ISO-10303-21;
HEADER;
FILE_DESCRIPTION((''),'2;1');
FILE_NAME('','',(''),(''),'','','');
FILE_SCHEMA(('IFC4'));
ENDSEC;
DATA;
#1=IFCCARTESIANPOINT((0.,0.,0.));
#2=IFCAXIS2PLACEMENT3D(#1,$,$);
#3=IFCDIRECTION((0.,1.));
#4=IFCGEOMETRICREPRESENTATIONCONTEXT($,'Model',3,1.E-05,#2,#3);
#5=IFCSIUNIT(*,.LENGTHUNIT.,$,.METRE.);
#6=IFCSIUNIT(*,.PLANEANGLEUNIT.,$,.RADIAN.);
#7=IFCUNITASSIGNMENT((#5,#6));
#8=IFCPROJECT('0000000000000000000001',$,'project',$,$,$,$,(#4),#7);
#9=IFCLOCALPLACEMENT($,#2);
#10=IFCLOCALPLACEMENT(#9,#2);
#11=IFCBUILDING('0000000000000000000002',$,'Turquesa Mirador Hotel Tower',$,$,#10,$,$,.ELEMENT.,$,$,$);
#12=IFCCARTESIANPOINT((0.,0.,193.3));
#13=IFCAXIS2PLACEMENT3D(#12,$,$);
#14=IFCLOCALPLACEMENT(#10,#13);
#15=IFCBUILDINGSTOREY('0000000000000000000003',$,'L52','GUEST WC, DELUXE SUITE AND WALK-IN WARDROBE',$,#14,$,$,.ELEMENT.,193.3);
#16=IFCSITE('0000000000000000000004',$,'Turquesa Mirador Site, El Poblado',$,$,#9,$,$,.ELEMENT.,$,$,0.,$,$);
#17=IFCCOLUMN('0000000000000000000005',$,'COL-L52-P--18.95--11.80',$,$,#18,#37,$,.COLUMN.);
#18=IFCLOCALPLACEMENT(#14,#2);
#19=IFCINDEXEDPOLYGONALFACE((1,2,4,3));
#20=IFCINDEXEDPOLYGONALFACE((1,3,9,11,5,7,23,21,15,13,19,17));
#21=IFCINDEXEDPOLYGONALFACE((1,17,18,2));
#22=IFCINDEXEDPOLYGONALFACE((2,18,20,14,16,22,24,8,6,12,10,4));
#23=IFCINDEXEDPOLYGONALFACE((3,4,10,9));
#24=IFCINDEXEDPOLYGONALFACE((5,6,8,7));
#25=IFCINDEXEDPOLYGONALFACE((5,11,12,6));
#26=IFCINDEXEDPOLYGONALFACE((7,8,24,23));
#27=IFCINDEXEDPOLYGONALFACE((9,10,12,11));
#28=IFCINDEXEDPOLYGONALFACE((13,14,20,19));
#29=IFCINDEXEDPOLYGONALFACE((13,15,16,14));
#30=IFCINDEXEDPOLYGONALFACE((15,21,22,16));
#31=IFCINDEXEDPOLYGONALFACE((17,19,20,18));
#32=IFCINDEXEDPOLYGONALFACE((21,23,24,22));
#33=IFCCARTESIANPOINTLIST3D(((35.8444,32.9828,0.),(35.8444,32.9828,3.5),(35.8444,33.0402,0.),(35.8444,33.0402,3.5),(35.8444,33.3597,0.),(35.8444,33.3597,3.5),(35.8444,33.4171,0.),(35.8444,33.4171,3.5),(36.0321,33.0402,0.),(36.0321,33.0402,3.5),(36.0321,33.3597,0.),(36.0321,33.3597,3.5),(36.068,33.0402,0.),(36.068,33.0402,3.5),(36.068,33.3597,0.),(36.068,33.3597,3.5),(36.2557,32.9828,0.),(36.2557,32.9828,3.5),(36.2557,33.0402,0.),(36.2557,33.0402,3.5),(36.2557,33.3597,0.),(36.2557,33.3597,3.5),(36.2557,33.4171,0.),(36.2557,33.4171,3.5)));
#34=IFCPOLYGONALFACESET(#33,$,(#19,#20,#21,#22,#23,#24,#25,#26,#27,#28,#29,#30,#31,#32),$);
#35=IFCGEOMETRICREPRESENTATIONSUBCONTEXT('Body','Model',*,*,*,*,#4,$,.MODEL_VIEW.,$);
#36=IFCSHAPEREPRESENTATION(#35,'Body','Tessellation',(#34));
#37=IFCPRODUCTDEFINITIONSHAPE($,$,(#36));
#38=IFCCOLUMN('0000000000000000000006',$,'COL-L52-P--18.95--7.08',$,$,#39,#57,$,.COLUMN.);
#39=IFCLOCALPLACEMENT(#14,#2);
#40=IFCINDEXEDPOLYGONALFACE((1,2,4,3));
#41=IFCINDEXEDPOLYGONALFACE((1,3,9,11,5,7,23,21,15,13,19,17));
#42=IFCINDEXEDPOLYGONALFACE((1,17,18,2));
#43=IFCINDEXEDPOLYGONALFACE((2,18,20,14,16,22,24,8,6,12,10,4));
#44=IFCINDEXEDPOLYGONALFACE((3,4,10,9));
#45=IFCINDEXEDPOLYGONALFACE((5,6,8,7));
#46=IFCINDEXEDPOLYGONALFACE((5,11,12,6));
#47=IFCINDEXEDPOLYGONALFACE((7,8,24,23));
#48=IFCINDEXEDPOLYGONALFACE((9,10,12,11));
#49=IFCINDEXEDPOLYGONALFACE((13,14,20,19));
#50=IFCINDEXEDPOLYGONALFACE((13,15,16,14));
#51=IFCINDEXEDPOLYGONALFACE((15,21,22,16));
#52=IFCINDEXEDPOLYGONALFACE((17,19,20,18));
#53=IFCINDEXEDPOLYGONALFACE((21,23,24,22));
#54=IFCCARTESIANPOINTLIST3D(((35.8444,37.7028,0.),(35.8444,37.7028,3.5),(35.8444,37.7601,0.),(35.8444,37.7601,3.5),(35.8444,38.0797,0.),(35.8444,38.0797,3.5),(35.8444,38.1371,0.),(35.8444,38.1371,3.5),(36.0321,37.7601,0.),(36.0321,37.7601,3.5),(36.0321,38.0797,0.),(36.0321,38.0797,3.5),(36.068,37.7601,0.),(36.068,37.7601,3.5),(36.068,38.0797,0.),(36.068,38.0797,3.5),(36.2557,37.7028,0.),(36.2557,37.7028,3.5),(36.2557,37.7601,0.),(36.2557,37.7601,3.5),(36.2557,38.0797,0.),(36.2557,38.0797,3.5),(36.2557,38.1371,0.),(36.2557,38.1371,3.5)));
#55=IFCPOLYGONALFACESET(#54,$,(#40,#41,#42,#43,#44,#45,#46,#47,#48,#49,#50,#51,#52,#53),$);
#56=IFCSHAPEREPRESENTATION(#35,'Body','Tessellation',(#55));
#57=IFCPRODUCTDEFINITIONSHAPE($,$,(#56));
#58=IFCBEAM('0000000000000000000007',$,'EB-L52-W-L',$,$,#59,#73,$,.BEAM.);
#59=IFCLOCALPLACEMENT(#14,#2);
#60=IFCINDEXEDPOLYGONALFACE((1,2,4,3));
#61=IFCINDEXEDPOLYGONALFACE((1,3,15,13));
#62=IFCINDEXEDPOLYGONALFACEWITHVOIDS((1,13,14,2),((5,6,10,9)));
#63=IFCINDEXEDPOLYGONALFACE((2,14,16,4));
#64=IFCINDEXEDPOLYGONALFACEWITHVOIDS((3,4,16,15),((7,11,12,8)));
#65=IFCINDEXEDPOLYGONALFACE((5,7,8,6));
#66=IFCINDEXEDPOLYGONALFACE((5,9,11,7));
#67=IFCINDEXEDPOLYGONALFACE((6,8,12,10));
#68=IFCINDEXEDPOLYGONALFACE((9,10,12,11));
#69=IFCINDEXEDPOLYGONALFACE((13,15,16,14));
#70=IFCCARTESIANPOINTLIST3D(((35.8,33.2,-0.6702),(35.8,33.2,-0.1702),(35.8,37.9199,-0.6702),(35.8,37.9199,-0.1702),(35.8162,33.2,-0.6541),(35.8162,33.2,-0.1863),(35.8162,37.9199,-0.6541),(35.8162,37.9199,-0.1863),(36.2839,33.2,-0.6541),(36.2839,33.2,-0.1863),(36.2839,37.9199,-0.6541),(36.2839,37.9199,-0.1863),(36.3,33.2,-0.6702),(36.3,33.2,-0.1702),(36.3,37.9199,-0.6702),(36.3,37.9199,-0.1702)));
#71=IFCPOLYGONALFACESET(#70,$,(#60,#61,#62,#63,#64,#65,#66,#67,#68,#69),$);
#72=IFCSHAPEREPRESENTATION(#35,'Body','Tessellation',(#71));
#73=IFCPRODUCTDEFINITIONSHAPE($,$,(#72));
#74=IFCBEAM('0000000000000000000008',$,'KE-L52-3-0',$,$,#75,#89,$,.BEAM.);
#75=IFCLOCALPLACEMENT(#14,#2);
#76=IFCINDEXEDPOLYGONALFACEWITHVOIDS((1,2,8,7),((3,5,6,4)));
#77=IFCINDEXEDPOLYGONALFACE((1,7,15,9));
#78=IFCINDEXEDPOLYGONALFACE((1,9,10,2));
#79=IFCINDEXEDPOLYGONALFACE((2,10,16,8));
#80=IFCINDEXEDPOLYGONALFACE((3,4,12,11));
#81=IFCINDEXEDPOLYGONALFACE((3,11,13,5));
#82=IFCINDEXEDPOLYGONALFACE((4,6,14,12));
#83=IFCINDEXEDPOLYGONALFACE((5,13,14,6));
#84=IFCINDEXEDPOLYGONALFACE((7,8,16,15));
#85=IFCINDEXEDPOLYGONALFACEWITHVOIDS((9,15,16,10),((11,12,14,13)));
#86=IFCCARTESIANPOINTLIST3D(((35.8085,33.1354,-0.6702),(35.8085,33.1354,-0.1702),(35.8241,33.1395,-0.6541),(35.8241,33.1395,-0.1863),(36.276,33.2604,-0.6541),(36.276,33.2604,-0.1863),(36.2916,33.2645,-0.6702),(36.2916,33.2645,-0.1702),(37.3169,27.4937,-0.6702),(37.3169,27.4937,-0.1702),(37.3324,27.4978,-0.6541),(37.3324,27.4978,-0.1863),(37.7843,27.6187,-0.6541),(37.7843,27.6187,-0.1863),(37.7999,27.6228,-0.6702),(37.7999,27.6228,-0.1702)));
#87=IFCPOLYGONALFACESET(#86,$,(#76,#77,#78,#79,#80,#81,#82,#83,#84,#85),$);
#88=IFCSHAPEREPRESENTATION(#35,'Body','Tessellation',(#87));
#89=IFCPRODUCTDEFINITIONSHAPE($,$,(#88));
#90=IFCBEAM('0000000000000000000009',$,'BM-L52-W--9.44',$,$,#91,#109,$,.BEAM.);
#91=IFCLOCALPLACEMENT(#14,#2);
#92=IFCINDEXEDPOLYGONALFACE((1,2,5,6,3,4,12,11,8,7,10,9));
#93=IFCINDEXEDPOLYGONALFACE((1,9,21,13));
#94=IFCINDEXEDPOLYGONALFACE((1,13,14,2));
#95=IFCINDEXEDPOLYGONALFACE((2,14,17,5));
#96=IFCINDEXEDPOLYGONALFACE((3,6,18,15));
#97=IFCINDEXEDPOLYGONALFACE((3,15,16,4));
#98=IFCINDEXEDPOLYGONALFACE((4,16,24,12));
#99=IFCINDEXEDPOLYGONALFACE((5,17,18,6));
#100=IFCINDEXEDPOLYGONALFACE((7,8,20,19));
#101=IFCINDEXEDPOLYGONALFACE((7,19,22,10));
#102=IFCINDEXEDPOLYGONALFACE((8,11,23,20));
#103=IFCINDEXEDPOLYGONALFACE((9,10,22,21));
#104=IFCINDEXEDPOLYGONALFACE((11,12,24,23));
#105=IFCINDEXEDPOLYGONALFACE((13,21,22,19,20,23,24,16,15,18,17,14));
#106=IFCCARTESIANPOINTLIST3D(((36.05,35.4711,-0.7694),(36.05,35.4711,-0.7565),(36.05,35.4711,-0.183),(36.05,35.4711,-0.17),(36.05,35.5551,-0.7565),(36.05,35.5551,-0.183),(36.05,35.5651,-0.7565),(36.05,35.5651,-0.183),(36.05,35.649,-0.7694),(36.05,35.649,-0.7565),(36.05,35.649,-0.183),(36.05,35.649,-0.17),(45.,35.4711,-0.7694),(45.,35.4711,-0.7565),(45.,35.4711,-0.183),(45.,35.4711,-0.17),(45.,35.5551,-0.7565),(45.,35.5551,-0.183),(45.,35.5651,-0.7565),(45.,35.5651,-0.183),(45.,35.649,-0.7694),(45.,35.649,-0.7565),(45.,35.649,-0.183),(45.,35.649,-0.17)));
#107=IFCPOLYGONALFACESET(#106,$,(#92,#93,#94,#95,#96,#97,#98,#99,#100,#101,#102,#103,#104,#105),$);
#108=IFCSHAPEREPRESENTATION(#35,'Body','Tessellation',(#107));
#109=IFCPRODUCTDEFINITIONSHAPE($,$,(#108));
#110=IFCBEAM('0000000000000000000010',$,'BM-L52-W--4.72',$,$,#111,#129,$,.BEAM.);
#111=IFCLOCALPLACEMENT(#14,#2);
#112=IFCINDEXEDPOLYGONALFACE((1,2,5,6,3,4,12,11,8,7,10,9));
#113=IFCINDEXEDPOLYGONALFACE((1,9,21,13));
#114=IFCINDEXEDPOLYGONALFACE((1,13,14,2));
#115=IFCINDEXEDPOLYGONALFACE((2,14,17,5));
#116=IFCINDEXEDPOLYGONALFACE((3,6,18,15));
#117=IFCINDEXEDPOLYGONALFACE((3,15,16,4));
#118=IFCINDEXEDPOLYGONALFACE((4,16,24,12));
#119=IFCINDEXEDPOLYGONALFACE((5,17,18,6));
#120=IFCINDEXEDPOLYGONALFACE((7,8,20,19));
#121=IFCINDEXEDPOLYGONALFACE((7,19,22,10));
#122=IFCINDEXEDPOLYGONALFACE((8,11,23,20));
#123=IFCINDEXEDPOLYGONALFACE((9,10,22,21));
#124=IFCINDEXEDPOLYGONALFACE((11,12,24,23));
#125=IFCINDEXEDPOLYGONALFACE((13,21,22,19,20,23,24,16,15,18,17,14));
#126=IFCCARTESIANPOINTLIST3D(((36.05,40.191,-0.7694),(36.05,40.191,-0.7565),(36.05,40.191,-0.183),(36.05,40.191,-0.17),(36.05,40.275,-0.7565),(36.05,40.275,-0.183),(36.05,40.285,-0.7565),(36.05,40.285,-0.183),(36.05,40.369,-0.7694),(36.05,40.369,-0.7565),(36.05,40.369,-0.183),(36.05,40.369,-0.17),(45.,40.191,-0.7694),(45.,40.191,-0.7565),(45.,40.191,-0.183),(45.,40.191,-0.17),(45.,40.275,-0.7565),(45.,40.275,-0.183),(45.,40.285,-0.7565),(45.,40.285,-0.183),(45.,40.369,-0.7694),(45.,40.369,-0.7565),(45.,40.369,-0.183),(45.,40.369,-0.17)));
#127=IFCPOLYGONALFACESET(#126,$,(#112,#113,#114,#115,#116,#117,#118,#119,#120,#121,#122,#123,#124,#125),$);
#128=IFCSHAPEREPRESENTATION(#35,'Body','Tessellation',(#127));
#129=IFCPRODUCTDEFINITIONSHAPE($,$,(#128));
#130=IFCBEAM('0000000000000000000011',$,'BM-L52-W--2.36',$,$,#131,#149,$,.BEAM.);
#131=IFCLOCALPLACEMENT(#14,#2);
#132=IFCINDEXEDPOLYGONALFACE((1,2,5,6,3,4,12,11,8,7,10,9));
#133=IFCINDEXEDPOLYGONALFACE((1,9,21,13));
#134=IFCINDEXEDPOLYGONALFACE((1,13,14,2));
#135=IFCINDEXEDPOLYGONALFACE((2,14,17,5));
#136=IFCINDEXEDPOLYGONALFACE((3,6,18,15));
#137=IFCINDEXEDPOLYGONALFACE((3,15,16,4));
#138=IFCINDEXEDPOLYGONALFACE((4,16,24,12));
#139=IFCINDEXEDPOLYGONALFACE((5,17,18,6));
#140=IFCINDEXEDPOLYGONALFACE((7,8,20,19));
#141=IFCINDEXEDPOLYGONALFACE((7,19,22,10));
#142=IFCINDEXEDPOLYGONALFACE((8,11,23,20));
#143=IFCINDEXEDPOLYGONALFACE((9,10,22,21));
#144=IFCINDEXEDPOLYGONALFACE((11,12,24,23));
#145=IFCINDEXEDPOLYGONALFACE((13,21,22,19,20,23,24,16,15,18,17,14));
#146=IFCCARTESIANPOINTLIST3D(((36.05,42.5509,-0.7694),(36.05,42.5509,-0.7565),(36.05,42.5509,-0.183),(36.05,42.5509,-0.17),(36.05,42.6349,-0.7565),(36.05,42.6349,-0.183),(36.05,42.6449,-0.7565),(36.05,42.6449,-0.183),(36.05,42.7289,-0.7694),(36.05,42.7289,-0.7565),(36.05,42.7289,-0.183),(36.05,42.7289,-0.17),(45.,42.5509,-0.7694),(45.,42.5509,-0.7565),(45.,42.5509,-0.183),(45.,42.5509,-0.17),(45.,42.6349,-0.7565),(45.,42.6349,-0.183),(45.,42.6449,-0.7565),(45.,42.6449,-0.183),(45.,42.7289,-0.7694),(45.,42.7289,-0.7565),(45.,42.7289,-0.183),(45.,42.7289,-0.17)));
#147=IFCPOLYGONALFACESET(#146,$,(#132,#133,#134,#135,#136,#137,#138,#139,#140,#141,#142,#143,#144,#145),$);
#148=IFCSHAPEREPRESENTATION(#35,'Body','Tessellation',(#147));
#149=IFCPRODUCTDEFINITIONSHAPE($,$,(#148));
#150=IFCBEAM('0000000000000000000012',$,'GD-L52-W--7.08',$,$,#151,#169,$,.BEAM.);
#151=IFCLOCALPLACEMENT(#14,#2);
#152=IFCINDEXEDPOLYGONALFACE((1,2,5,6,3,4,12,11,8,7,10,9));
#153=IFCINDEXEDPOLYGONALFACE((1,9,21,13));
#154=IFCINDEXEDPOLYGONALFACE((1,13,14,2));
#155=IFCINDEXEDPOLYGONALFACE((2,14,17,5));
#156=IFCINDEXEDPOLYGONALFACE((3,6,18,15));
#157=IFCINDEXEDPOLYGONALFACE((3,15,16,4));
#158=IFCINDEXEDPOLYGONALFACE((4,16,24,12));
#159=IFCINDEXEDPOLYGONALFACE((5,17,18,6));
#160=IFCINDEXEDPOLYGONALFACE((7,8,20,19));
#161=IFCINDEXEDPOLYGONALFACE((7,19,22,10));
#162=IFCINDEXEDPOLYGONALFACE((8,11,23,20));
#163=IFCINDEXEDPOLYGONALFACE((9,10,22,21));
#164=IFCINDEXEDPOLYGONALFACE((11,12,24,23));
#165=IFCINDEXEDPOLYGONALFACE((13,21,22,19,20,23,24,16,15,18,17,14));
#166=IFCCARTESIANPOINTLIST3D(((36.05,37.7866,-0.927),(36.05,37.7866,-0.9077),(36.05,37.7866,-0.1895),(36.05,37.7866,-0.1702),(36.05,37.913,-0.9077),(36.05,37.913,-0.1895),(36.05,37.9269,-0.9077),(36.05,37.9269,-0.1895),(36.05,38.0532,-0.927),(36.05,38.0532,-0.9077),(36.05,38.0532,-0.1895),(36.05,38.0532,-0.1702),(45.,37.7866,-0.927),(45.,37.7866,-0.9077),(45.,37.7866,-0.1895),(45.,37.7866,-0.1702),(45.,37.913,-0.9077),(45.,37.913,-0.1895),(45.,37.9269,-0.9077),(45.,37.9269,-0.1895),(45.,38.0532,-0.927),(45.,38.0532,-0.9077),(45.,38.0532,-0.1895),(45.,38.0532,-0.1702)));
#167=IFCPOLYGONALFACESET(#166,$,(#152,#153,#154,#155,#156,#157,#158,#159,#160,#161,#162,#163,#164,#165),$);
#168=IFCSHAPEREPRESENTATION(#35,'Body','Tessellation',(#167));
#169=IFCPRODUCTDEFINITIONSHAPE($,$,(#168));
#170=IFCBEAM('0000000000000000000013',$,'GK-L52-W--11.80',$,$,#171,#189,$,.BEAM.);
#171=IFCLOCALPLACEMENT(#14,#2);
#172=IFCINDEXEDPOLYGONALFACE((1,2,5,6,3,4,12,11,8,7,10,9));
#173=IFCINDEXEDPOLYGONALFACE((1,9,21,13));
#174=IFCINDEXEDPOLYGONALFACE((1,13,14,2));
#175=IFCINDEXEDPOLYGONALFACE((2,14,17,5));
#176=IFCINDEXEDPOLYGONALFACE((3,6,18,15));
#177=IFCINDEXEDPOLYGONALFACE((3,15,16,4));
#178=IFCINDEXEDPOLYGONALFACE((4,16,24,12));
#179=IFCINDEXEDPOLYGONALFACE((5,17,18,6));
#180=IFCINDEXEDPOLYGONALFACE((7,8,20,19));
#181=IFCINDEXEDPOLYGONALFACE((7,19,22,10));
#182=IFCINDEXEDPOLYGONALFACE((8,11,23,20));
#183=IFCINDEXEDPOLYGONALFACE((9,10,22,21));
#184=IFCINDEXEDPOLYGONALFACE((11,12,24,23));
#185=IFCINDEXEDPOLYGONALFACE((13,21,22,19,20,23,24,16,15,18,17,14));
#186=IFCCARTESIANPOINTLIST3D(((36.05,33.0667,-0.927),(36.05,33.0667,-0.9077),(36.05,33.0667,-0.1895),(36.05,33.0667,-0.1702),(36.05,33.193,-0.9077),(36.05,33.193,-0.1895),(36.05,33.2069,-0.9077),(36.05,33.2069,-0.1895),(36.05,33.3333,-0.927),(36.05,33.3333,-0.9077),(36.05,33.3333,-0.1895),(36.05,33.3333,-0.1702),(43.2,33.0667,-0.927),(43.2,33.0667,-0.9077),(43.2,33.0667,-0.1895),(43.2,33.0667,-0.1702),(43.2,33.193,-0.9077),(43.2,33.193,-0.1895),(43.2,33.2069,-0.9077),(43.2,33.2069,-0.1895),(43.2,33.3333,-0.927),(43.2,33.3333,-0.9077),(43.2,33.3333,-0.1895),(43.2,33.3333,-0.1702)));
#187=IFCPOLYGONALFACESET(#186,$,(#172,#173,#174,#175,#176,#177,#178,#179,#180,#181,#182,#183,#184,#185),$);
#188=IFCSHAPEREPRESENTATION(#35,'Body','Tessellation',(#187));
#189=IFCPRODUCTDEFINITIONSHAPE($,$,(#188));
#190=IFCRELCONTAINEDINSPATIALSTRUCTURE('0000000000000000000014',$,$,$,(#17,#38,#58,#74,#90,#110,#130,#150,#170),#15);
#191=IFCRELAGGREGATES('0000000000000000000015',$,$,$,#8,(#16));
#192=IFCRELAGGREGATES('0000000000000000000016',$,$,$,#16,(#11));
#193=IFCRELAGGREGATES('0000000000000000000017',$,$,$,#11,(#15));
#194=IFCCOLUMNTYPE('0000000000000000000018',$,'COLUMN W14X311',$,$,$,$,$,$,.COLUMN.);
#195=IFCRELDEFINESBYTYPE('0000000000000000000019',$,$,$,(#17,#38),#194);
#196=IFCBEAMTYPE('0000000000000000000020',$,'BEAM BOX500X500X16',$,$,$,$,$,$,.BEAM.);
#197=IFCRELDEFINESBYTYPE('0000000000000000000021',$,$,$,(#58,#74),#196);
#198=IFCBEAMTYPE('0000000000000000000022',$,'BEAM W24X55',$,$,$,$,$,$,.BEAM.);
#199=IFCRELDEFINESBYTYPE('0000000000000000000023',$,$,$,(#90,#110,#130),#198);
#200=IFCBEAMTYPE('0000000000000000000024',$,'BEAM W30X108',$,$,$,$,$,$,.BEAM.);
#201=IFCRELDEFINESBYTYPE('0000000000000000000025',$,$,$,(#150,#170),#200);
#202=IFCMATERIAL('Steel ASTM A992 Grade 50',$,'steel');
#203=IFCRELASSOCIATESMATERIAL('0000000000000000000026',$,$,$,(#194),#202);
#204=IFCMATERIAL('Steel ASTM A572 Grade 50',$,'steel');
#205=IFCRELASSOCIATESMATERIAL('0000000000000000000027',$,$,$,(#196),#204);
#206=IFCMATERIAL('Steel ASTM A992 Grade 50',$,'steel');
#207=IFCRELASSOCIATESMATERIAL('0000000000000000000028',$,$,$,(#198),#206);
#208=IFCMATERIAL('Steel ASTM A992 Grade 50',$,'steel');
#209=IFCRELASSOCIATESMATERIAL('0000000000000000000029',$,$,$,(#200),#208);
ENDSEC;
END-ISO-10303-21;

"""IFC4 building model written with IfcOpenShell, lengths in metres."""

from ifc_helpers import new_model, si_unit, direction, frame, origin, origin_2d, place, context, subcontext, project, spatial, hollow_rectangle, i_section, extrude, material, material_profile, profile_set, type_object, element, save


model = new_model("IFC4")

# Units and contexts
model_context = context("Model", 3, precision=1e-05, world=origin(), true_north=direction((0.0, 1.0)))
body_context = subcontext(model_context, "Body", "Model", "MODEL_VIEW")
ifc_project = project(units=[si_unit("LENGTHUNIT", "METRE"), si_unit("PLANEANGLEUNIT", "RADIAN")], contexts=[model_context])

# Site, building, storey
site_placement = place(None, origin())
site = spatial("IfcSite", under=ifc_project, at=site_placement, Name="Turquesa Mirador Site, El Poblado", CompositionType="ELEMENT", RefElevation=0.0)
building_placement = place(site_placement, origin())
building = spatial("IfcBuilding", under=site, at=building_placement, Name="Turquesa Mirador Hotel Tower", CompositionType="ELEMENT")
storey_placement = place(building_placement, frame((0.0, 0.0, 193.3)))
storey = spatial("IfcBuildingStorey", under=building, at=storey_placement, Name="L52", Description="GUEST WC, DELUXE SUITE AND WALK-IN WARDROBE", CompositionType="ELEMENT", Elevation=193.3)

# Columns
ifc_material_1 = material(Name="Steel ASTM A992 Grade 50", Category="steel")
ifc_material_profile_1 = material_profile(ifc_material_1, i_section(OverallWidth=0.4114, OverallDepth=0.4343, WebThickness=0.0359, FlangeThickness=0.0574, at=origin_2d()), Name="W14X311")
ifc_profile_set_1 = profile_set([ifc_material_profile_1], Name="Steel ASTM A992 Grade 50")
column_type = type_object("IfcColumnType", Name="COLUMN W14X311", PredefinedType="COLUMN", material=ifc_profile_set_1)
for number, where, z_axis, x_axis, name in (
    (1, (36.05, 33.2, 0.0), (0.0, 0.0, 1.0), (1.0, 0.0, 0.0), "COL-L52-P--18.95--11.80"),
    (2, (36.05, 37.9199, 0.0), (0.0, 0.0, 1.0), (1.0, 0.0, 0.0), "COL-L52-P--18.95--7.08"),
):
    element("IfcColumn", number, at=place(storey_placement, frame(where, z_axis=z_axis, x_axis=x_axis)), inside=storey, type_object=column_type, Name=name, PredefinedType="COLUMN", context=body_context, shape_type="SweptSolid", body=[
        extrude(i_section(OverallWidth=0.4114, OverallDepth=0.4343, WebThickness=0.0359, FlangeThickness=0.0574, at=origin_2d()), origin(), (0.0, 0.0, 1.0), 3.5),
    ])

# Beams
ifc_material_2 = material(Name="Steel ASTM A572 Grade 50", Category="steel")
ifc_material_profile_2 = material_profile(ifc_material_2, hollow_rectangle(XDim=0.5, YDim=0.5, WallThickness=0.0161, at=origin_2d()), Name="BOX500X500X16")
ifc_profile_set_2 = profile_set([ifc_material_profile_2], Name="Steel ASTM A572 Grade 50")
beam_type_1 = type_object("IfcBeamType", Name="BEAM BOX500X500X16", PredefinedType="BEAM", material=ifc_profile_set_2)
beam_1_placement = place(storey_placement, frame((36.05, 33.2, -0.4202), z_axis=(0.0, 1.0, 0.0), x_axis=(-1.0, 0.0, 0.0)))
element("IfcBeam", 3, at=beam_1_placement, inside=storey, type_object=beam_type_1, Name="EB-L52-W-L", PredefinedType="BEAM", context=body_context, shape_type="SweptSolid", body=[
    extrude(hollow_rectangle(XDim=0.5, YDim=0.5, WallThickness=0.0161, at=origin_2d()), origin(), (0.0, 0.0, 1.0), 4.72),
])
beam_2_placement = place(storey_placement, frame((36.05, 33.2, -0.4202), z_axis=(0.258282, -0.96607, 0.0), x_axis=(0.96607, 0.258282, 0.0)))
element("IfcBeam", 4, at=beam_2_placement, inside=storey, type_object=beam_type_1, Name="KE-L52-3-0", PredefinedType="BEAM", context=body_context, shape_type="SweptSolid", body=[
    extrude(hollow_rectangle(XDim=0.5, YDim=0.5, WallThickness=0.0161, at=origin_2d()), origin(), (0.0, 0.0, 1.0), 5.8398),
])
ifc_material_3 = material(Name="Steel ASTM A992 Grade 50", Category="steel")
ifc_material_profile_3 = material_profile(ifc_material_3, i_section(OverallWidth=0.178, OverallDepth=0.5994, WebThickness=0.01, FlangeThickness=0.0129, at=origin_2d()), Name="W24X55")
ifc_profile_set_3 = profile_set([ifc_material_profile_3], Name="Steel ASTM A992 Grade 50")
beam_type_2 = type_object("IfcBeamType", Name="BEAM W24X55", PredefinedType="BEAM", material=ifc_profile_set_3)
for number, where, z_axis, x_axis, name in (
    (5, (36.05, 35.5601, -0.4697), (1.0, 0.0, 0.0), (0.0, 1.0, 0.0), "BM-L52-W--9.44"),
    (6, (36.05, 40.28, -0.4697), (1.0, 0.0, 0.0), (0.0, 1.0, 0.0), "BM-L52-W--4.72"),
    (7, (36.05, 42.6399, -0.4697), (1.0, 0.0, 0.0), (0.0, 1.0, 0.0), "BM-L52-W--2.36"),
):
    element("IfcBeam", number, at=place(storey_placement, frame(where, z_axis=z_axis, x_axis=x_axis)), inside=storey, type_object=beam_type_2, Name=name, PredefinedType="BEAM", context=body_context, shape_type="SweptSolid", body=[
        extrude(i_section(OverallWidth=0.178, OverallDepth=0.5994, WebThickness=0.01, FlangeThickness=0.0129, at=origin_2d()), origin(), (0.0, 0.0, 1.0), 8.95),
    ])
ifc_material_4 = material(Name="Steel ASTM A992 Grade 50", Category="steel")
ifc_material_profile_4 = material_profile(ifc_material_4, i_section(OverallWidth=0.2666, OverallDepth=0.7568, WebThickness=0.0139, FlangeThickness=0.0193, at=origin_2d()), Name="W30X108")
ifc_profile_set_4 = profile_set([ifc_material_profile_4], Name="Steel ASTM A992 Grade 50")
beam_type_3 = type_object("IfcBeamType", Name="BEAM W30X108", PredefinedType="BEAM", material=ifc_profile_set_4)
beam_3_placement = place(storey_placement, frame((36.05, 37.9199, -0.5486), z_axis=(1.0, 0.0, 0.0), x_axis=(0.0, 1.0, 0.0)))
element("IfcBeam", 8, at=beam_3_placement, inside=storey, type_object=beam_type_3, Name="GD-L52-W--7.08", PredefinedType="BEAM", context=body_context, shape_type="SweptSolid", body=[
    extrude(i_section(OverallWidth=0.2666, OverallDepth=0.7568, WebThickness=0.0139, FlangeThickness=0.0193, at=origin_2d()), origin(), (0.0, 0.0, 1.0), 8.95),
])
beam_4_placement = place(storey_placement, frame((36.05, 33.2, -0.5486), z_axis=(1.0, 0.0, 0.0), x_axis=(0.0, 1.0, 0.0)))
element("IfcBeam", 9, at=beam_4_placement, inside=storey, type_object=beam_type_3, Name="GK-L52-W--11.80", PredefinedType="BEAM", context=body_context, shape_type="SweptSolid", body=[
    extrude(i_section(OverallWidth=0.2666, OverallDepth=0.7568, WebThickness=0.0139, FlangeThickness=0.0193, at=origin_2d()), origin(), (0.0, 0.0, 1.0), 7.1499),
])

save(model, "model.ifc")
